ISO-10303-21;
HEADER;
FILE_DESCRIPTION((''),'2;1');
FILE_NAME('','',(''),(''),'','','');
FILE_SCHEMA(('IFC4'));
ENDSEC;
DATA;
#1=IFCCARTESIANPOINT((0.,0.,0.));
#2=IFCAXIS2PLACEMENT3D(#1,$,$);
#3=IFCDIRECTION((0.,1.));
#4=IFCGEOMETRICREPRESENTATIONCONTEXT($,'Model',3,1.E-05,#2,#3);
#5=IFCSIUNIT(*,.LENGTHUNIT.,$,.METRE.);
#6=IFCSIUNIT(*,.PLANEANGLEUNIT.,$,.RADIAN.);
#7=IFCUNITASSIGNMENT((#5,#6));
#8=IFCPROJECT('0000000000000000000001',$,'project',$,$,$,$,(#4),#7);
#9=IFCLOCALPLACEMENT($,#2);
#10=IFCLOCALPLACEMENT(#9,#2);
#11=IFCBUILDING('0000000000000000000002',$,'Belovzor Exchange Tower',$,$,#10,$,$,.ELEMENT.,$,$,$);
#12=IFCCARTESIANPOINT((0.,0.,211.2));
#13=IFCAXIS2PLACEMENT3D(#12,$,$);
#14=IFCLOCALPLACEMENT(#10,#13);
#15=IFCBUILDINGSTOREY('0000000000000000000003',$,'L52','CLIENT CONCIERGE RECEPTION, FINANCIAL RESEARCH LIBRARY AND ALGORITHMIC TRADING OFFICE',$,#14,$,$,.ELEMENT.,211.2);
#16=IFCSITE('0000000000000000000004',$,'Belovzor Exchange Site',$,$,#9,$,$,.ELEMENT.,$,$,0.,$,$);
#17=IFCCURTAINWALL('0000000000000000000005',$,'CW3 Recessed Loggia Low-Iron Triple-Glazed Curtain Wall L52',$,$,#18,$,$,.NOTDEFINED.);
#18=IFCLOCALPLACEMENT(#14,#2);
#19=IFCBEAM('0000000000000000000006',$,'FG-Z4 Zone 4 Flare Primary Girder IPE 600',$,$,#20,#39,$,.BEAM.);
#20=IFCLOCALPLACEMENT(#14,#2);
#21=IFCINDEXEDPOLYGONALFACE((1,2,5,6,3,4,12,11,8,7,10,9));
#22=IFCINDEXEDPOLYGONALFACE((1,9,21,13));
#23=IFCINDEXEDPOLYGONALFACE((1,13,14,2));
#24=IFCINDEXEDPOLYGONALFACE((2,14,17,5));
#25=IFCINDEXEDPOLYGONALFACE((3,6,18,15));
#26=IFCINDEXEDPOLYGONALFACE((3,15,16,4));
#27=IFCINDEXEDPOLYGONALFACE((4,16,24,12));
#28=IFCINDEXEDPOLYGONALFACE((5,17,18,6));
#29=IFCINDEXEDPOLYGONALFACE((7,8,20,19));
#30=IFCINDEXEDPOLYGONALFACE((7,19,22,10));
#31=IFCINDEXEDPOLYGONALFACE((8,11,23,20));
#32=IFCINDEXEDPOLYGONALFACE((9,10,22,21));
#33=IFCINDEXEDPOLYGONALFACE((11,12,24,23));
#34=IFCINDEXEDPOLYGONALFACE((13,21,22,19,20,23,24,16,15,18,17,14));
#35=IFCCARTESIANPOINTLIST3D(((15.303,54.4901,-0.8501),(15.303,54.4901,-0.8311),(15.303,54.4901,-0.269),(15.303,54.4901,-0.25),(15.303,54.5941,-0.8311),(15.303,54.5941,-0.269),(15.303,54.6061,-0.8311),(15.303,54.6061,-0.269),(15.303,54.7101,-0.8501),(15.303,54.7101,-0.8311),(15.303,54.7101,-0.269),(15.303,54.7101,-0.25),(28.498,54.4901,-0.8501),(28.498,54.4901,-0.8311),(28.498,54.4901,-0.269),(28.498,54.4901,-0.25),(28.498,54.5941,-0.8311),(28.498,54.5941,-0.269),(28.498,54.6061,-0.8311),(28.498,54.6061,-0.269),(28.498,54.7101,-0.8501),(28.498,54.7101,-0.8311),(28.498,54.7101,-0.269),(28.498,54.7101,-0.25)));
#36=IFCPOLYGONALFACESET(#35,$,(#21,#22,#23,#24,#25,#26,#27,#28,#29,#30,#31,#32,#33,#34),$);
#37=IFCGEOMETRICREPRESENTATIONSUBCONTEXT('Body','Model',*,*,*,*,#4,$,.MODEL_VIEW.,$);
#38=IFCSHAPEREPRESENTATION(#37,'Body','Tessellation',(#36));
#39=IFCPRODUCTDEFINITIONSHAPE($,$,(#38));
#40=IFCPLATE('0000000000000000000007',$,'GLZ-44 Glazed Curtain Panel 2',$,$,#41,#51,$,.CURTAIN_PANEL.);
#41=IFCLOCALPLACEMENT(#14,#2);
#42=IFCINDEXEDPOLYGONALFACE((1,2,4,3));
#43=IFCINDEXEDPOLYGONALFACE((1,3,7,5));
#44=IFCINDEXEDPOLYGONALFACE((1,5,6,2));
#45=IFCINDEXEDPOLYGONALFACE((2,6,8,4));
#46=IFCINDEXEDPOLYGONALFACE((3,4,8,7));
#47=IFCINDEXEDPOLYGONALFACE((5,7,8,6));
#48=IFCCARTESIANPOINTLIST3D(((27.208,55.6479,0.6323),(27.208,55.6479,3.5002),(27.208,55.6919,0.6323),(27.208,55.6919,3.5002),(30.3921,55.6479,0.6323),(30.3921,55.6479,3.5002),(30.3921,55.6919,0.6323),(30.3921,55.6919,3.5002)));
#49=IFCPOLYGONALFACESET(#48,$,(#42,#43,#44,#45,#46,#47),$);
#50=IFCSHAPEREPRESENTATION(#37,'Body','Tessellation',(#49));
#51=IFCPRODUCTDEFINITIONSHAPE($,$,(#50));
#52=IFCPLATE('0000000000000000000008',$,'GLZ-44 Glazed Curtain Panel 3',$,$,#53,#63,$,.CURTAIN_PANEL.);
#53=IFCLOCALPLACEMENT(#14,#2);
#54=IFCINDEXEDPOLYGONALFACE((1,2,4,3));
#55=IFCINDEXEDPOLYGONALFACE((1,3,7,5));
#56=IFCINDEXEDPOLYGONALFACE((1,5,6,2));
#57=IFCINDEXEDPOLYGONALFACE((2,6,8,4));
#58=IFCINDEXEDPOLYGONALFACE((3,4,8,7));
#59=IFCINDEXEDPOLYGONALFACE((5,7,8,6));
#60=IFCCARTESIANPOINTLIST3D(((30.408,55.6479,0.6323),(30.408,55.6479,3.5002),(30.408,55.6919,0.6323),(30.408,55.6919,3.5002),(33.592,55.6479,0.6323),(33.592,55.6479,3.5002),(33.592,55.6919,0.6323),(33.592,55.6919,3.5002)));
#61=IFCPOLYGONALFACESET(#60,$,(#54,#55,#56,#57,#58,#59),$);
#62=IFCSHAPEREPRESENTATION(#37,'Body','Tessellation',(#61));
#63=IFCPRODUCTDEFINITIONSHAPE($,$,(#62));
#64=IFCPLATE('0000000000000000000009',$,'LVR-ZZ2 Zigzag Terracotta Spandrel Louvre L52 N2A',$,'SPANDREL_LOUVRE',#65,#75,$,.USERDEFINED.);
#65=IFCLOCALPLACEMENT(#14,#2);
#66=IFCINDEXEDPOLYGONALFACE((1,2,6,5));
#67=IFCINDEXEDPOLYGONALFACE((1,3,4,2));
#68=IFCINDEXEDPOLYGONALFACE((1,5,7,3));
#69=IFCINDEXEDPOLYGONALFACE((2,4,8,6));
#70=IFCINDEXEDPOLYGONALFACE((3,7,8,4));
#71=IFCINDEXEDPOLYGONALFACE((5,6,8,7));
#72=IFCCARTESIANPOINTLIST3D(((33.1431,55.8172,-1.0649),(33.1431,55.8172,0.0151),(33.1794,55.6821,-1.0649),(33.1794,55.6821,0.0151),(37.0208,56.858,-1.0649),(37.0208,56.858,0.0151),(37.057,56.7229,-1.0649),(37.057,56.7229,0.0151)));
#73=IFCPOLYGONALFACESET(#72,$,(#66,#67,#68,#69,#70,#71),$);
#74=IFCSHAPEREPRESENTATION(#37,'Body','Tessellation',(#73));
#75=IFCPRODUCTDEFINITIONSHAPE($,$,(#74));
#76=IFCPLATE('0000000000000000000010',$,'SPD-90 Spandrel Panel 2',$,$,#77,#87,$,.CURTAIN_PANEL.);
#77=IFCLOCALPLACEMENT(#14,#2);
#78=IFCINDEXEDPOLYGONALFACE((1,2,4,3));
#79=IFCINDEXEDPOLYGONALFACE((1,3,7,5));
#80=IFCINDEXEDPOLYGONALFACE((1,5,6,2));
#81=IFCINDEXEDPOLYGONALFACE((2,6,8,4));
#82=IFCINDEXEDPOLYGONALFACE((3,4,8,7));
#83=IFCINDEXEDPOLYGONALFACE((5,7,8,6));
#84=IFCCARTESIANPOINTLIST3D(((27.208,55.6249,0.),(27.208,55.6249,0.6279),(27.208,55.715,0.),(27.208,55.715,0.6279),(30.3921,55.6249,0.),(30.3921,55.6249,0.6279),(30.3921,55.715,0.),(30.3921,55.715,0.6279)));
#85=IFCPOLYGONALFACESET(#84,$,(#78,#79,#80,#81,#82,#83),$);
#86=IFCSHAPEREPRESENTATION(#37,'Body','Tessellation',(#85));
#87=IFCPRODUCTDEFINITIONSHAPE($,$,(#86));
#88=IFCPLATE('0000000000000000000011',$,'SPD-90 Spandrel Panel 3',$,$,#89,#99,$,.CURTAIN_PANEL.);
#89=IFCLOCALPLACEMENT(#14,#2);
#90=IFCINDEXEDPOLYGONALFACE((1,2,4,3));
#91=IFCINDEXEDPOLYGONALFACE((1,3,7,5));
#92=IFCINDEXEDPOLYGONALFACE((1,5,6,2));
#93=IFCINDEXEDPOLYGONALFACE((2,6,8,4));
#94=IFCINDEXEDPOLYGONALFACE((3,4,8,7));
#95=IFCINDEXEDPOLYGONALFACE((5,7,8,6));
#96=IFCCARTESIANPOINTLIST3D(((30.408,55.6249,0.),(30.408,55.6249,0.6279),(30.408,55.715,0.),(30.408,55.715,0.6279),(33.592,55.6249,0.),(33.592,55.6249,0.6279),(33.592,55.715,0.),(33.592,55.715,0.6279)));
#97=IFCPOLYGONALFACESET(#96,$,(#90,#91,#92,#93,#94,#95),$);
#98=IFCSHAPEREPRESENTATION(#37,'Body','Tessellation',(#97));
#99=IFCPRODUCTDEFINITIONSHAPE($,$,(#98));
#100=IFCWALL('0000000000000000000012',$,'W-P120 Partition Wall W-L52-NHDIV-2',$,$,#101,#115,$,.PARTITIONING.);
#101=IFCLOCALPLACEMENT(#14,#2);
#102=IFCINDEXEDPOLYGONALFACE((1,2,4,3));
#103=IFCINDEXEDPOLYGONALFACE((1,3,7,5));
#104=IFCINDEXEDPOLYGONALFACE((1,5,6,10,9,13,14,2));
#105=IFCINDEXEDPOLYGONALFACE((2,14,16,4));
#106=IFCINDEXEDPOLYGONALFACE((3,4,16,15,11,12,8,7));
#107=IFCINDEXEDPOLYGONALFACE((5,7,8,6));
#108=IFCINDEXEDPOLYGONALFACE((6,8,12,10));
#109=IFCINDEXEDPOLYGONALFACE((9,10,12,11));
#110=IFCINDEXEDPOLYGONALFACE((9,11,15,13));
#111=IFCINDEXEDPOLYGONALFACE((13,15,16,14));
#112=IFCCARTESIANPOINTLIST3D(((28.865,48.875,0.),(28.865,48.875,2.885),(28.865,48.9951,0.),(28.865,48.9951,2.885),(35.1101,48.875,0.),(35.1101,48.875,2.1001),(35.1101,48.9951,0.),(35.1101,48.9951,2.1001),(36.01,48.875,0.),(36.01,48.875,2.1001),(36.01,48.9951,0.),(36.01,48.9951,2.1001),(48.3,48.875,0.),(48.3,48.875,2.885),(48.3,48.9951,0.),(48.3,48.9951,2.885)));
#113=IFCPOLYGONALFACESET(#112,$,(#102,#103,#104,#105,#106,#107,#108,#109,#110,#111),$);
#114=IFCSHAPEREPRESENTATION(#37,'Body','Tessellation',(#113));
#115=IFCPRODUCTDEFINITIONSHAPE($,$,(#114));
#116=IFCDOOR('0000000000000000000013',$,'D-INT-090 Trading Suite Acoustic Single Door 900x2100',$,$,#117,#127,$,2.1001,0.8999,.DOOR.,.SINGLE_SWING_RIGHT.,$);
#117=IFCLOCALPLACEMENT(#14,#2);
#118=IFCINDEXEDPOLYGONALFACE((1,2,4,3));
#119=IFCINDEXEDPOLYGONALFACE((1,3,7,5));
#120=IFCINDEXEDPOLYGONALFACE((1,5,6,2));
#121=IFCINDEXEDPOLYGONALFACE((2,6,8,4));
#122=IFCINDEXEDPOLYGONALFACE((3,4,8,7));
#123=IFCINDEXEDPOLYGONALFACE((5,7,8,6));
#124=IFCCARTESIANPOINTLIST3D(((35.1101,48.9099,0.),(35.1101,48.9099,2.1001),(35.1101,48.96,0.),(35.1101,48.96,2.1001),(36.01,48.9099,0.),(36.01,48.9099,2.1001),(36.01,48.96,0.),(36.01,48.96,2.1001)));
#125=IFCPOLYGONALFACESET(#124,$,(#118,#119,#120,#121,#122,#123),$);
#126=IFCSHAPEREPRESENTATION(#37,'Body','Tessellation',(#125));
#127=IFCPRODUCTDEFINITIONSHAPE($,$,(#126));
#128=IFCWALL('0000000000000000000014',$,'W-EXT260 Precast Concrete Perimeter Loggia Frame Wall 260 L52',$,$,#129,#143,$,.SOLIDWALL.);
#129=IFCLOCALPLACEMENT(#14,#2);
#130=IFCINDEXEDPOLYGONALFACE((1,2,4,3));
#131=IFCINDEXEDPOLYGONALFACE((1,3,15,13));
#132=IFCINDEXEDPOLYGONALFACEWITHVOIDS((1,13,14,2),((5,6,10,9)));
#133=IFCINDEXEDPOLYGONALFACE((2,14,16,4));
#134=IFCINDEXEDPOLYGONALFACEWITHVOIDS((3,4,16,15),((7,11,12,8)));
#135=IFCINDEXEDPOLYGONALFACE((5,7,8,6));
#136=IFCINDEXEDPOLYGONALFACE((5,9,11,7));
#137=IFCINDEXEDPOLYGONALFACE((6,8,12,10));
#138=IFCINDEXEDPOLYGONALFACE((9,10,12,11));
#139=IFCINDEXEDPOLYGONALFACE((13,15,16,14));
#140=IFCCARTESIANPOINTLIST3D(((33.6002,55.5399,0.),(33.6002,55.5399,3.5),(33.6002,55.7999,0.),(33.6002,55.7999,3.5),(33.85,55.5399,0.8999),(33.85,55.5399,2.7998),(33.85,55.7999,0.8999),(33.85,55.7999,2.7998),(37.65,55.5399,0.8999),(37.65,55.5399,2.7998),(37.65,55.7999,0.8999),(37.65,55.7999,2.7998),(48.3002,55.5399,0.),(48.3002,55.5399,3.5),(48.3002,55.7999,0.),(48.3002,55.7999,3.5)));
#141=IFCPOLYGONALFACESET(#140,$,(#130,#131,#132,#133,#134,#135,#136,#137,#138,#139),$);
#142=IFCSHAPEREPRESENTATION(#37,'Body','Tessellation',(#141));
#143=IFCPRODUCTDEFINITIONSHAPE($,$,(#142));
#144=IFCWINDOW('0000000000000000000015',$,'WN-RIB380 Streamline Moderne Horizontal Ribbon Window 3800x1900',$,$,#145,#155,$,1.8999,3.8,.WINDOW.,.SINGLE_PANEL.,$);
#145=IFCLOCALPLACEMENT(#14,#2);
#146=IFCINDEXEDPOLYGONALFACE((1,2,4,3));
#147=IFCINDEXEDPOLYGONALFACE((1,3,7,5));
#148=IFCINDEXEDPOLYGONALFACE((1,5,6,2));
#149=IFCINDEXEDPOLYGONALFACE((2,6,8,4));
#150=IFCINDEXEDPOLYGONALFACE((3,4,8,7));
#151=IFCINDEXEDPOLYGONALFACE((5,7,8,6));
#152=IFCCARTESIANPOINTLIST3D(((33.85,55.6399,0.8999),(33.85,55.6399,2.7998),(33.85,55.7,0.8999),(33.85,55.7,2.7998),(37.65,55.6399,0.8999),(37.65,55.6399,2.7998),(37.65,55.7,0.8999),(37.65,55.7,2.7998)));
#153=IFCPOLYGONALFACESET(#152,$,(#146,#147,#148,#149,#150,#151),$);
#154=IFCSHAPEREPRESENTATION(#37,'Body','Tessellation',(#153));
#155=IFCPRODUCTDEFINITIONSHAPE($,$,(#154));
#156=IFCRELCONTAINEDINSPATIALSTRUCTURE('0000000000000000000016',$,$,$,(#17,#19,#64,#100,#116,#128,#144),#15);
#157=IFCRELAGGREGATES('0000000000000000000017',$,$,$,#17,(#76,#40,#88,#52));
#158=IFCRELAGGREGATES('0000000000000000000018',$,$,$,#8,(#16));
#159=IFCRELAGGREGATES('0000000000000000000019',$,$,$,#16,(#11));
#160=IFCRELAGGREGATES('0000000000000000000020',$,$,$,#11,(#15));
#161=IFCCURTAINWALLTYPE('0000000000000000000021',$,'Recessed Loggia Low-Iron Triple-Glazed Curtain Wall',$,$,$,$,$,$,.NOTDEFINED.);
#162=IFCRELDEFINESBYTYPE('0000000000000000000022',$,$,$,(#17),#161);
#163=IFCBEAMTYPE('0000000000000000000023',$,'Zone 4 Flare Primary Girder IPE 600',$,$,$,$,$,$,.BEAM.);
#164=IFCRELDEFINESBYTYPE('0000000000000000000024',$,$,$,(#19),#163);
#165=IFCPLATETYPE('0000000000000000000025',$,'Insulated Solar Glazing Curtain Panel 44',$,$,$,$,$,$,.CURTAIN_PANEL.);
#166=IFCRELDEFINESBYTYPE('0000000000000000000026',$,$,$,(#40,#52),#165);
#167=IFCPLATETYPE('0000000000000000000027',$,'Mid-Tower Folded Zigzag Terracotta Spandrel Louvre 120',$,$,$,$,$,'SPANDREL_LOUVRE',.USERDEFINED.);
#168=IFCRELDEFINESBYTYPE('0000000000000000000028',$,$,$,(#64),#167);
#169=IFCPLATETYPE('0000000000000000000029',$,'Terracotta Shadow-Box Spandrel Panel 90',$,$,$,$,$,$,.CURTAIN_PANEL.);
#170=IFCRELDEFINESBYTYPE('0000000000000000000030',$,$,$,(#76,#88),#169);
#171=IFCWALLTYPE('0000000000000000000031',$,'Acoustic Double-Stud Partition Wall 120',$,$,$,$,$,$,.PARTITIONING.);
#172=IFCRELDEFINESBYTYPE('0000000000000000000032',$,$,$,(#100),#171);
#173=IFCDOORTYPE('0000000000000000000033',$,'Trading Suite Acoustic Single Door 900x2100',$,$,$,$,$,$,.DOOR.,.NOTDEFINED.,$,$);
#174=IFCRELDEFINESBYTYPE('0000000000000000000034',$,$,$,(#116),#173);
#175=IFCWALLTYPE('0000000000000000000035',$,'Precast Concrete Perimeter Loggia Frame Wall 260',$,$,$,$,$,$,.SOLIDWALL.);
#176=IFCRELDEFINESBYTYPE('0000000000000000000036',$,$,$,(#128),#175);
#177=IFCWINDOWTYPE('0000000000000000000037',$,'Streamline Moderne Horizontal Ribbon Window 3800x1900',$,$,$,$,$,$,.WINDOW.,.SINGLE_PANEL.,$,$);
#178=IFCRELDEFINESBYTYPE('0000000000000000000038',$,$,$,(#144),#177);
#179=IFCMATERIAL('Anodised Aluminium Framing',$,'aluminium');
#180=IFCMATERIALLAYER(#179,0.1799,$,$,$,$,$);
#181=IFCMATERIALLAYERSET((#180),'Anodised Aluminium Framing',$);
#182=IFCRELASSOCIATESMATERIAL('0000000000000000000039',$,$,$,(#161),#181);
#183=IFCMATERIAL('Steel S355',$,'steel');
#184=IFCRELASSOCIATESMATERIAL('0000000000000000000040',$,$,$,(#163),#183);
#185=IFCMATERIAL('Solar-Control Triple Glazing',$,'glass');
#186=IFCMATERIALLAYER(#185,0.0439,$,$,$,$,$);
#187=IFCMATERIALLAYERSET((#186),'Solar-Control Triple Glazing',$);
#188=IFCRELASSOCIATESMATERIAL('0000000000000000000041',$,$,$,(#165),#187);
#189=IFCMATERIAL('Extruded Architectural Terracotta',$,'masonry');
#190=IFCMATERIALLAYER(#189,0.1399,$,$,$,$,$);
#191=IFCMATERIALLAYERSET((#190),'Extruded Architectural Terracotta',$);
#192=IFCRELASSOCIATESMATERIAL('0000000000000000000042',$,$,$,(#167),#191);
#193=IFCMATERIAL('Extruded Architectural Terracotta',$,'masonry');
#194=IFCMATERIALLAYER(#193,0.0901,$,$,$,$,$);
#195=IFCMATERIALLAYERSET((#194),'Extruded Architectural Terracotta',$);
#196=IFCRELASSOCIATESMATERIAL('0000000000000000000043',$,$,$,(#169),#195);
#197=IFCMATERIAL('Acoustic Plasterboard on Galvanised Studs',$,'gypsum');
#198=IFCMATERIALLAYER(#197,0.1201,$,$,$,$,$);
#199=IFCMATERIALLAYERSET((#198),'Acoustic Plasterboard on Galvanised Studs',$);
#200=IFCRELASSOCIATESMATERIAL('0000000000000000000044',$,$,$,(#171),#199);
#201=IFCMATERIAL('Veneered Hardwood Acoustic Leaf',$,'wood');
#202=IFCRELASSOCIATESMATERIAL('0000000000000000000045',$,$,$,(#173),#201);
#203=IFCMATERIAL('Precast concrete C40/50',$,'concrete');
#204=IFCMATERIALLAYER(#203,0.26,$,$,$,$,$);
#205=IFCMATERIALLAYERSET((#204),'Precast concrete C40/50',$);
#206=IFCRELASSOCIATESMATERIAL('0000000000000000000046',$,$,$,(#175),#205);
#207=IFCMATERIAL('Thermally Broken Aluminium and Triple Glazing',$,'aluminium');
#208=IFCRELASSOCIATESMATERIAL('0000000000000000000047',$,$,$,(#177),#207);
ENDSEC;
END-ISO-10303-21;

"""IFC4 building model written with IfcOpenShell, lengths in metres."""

from ifc_helpers import new_model, si_unit, direction, frame, frame_2d, origin, origin_2d, place, context, subcontext, project, spatial, rectangle, i_section, extrude, material, layer, layer_set, material_profile, profile_set, type_object, element, fill, aggregate, save


model = new_model("IFC4")

# Units and contexts
model_context = context("Model", 3, precision=1e-05, world=origin(), true_north=direction((0.0, 1.0)))
body_context = subcontext(model_context, "Body", "Model", "MODEL_VIEW")
ifc_project = project(units=[si_unit("LENGTHUNIT", "METRE"), si_unit("PLANEANGLEUNIT", "RADIAN")], contexts=[model_context])

# Site, building, storey
site_placement = place(None, origin())
site = spatial("IfcSite", under=ifc_project, at=site_placement, Name="Belovzor Exchange Site", CompositionType="ELEMENT", RefElevation=0.0)
building_placement = place(site_placement, origin())
building = spatial("IfcBuilding", under=site, at=building_placement, Name="Belovzor Exchange Tower", CompositionType="ELEMENT")
storey_placement = place(building_placement, frame((0.0, 0.0, 211.2)))
storey = spatial("IfcBuildingStorey", under=building, at=storey_placement, Name="L52", Description="CLIENT CONCIERGE RECEPTION, FINANCIAL RESEARCH LIBRARY AND ALGORITHMIC TRADING OFFICE", CompositionType="ELEMENT", Elevation=211.2)

# Curtain wall
ifc_material_1 = material(Name="Anodised Aluminium Framing", Category="aluminium")
ifc_layer_1 = layer(ifc_material_1, 0.1799)
ifc_layer_set_1 = layer_set([ifc_layer_1], Name="Anodised Aluminium Framing")
curtain_wall_type = type_object("IfcCurtainWallType", Name="Recessed Loggia Low-Iron Triple-Glazed Curtain Wall", PredefinedType="NOTDEFINED", material=ifc_layer_set_1)
curtain_wall_placement = place(storey_placement, origin())
curtain_wall = element("IfcCurtainWall", 1, at=curtain_wall_placement, inside=storey, type_object=curtain_wall_type, Name="CW3 Recessed Loggia Low-Iron Triple-Glazed Curtain Wall L52", PredefinedType="NOTDEFINED")

# Beam
ifc_material_2 = material(Name="Steel S355", Category="steel")
ifc_material_profile_1 = material_profile(ifc_material_2, i_section(OverallWidth=0.22, OverallDepth=0.6001, WebThickness=0.012, FlangeThickness=0.019, at=origin_2d()))
ifc_profile_set_1 = profile_set([ifc_material_profile_1], Name="Steel S355")
beam_type_1 = type_object("IfcBeamType", Name="Zone 4 Flare Primary Girder IPE 600", PredefinedType="BEAM", material=ifc_profile_set_1)
beam_1_placement = place(storey_placement, frame((28.498, 54.6001, -0.55), z_axis=(-1.0, 0.0, 0.0), x_axis=(0.0, -1.0, 0.0)))
element("IfcBeam", 2, at=beam_1_placement, inside=storey, type_object=beam_type_1, Name="FG-Z4 Zone 4 Flare Primary Girder IPE 600", PredefinedType="BEAM", context=body_context, shape_type="SweptSolid", body=[
    extrude(i_section(OverallWidth=0.22, OverallDepth=0.6001, WebThickness=0.012, FlangeThickness=0.019, at=origin_2d()), origin(), (0.0, 0.0, 1.0), 13.1951),
])

# Plates
ifc_material_3 = material(Name="Solar-Control Triple Glazing", Category="glass")
ifc_layer_2 = layer(ifc_material_3, 0.0439)
ifc_layer_set_2 = layer_set([ifc_layer_2], Name="Solar-Control Triple Glazing")
plate_type_1 = type_object("IfcPlateType", Name="Insulated Solar Glazing Curtain Panel 44", PredefinedType="CURTAIN_PANEL", material=ifc_layer_set_2)
plate_1_placement = place(storey_placement, frame((28.8, 55.6699, 0.6323), z_axis=(0.0, 0.0, 1.0), x_axis=(1.0, 0.0, 0.0)))
plate_1 = element("IfcPlate", 3, at=plate_1_placement, type_object=plate_type_1, Name="GLZ-44 Glazed Curtain Panel 2", PredefinedType="CURTAIN_PANEL", context=body_context, shape_type="SweptSolid", body=[
    extrude(rectangle(XDim=3.1841, YDim=0.0439, at=origin_2d()), origin(), (0.0, 0.0, 1.0), 2.8679),
])
plate_2_placement = place(storey_placement, frame((32.0, 55.6699, 0.6323), z_axis=(0.0, 0.0, 1.0), x_axis=(1.0, 0.0, 0.0)))
plate_2 = element("IfcPlate", 4, at=plate_2_placement, type_object=plate_type_1, Name="GLZ-44 Glazed Curtain Panel 3", PredefinedType="CURTAIN_PANEL", context=body_context, shape_type="SweptSolid", body=[
    extrude(rectangle(XDim=3.1841, YDim=0.0439, at=origin_2d()), origin(), (0.0, 0.0, 1.0), 2.8679),
])
ifc_material_4 = material(Name="Extruded Architectural Terracotta", Category="masonry")
ifc_layer_3 = layer(ifc_material_4, 0.1399)
ifc_layer_set_3 = layer_set([ifc_layer_3], Name="Extruded Architectural Terracotta")
plate_type_2 = type_object("IfcPlateType", Name="Mid-Tower Folded Zigzag Terracotta Spandrel Louvre 120", ElementType="SPANDREL_LOUVRE", PredefinedType="USERDEFINED", material=ifc_layer_set_3)
plate_3_placement = place(storey_placement, frame((35.1001, 56.27, -1.0649), z_axis=(0.0, 0.0, 1.0), x_axis=(0.965813, 0.25924, 0.0)))
element("IfcPlate", 5, at=plate_3_placement, inside=storey, type_object=plate_type_2, Name="LVR-ZZ2 Zigzag Terracotta Spandrel Louvre L52 N2A", ObjectType="SPANDREL_LOUVRE", PredefinedType="USERDEFINED", context=body_context, shape_type="SweptSolid", body=[
    extrude(rectangle(XDim=4.0149, YDim=0.1399, at=origin_2d()), origin(), (0.0, 0.0, 1.0), 1.0801),
])
ifc_material_5 = material(Name="Extruded Architectural Terracotta", Category="masonry")
ifc_layer_4 = layer(ifc_material_5, 0.0901)
ifc_layer_set_4 = layer_set([ifc_layer_4], Name="Extruded Architectural Terracotta")
plate_type_3 = type_object("IfcPlateType", Name="Terracotta Shadow-Box Spandrel Panel 90", PredefinedType="CURTAIN_PANEL", material=ifc_layer_set_4)
plate_4_placement = place(storey_placement, frame((28.8, 55.6699, 0.0), z_axis=(0.0, 0.0, 1.0), x_axis=(1.0, 0.0, 0.0)))
plate_4 = element("IfcPlate", 6, at=plate_4_placement, type_object=plate_type_3, Name="SPD-90 Spandrel Panel 2", PredefinedType="CURTAIN_PANEL", context=body_context, shape_type="SweptSolid", body=[
    extrude(rectangle(XDim=3.1841, YDim=0.0901, at=origin_2d()), origin(), (0.0, 0.0, 1.0), 0.6279),
])
plate_5_placement = place(storey_placement, frame((32.0, 55.6699, 0.0), z_axis=(0.0, 0.0, 1.0), x_axis=(1.0, 0.0, 0.0)))
plate_5 = element("IfcPlate", 7, at=plate_5_placement, type_object=plate_type_3, Name="SPD-90 Spandrel Panel 3", PredefinedType="CURTAIN_PANEL", context=body_context, shape_type="SweptSolid", body=[
    extrude(rectangle(XDim=3.1841, YDim=0.0901, at=origin_2d()), origin(), (0.0, 0.0, 1.0), 0.6279),
])
aggregate(curtain_wall, [plate_4, plate_1, plate_5, plate_2])

# Wall, opening, door
ifc_material_6 = material(Name="Acoustic Plasterboard on Galvanised Studs", Category="gypsum")
ifc_layer_5 = layer(ifc_material_6, 0.1201)
ifc_layer_set_5 = layer_set([ifc_layer_5], Name="Acoustic Plasterboard on Galvanised Studs")
wall_type_1 = type_object("IfcWallType", Name="Acoustic Double-Stud Partition Wall 120", PredefinedType="PARTITIONING", material=ifc_layer_set_5)
wall_1_placement = place(storey_placement, frame((28.865, 48.9351, 0.0), z_axis=(0.0, 0.0, 1.0), x_axis=(1.0, 0.0, 0.0)))
wall_1 = element("IfcWall", 8, at=wall_1_placement, inside=storey, type_object=wall_type_1, Name="W-P120 Partition Wall W-L52-NHDIV-2", PredefinedType="PARTITIONING", context=body_context, shape_type="SweptSolid", body=[
    extrude(rectangle(XDim=19.4351, YDim=0.1201, at=frame_2d((9.7175, 0.0))), origin(), (0.0, 0.0, 1.0), 2.885),
])
opening_1_placement = place(wall_1_placement, frame((6.2451, 0.0, 0.0)))
opening_1 = element("IfcOpeningElement", 9, at=opening_1_placement, cuts=wall_1, PredefinedType="OPENING", context=body_context, shape_type="SweptSolid", body=[
    extrude(rectangle(XDim=0.8999, YDim=2.1001, at=frame_2d((0.45, 1.05))), frame((0.0, 0.0701, 0.0), z_axis=(0.0, -1.0, 0.0), x_axis=(1.0, 0.0, 0.0)), (0.0, 0.0, 1.0), 0.1401),
])
ifc_material_7 = material(Name="Veneered Hardwood Acoustic Leaf", Category="wood")
door_type = type_object("IfcDoorType", Name="Trading Suite Acoustic Single Door 900x2100", OperationType="NOTDEFINED", PredefinedType="DOOR", material=ifc_material_7)
door_placement = place(opening_1_placement, origin())
door = element("IfcDoor", 10, at=door_placement, inside=storey, type_object=door_type, Name="D-INT-090 Trading Suite Acoustic Single Door 900x2100", OperationType="SINGLE_SWING_RIGHT", OverallHeight=2.1001, OverallWidth=0.8999, PredefinedType="DOOR", context=body_context, shape_type="SweptSolid", body=[
    extrude(rectangle(XDim=0.8999, YDim=2.1001, at=frame_2d((0.45, 1.05))), frame((0.0, 0.0249, 0.0), z_axis=(0.0, -1.0, 0.0), x_axis=(1.0, 0.0, 0.0)), (0.0, 0.0, 1.0), 0.05),
])
fill(opening_1, door)

# Wall, opening, window
ifc_material_8 = material(Name="Precast concrete C40/50", Category="concrete")
ifc_layer_6 = layer(ifc_material_8, 0.26)
ifc_layer_set_6 = layer_set([ifc_layer_6], Name="Precast concrete C40/50")
wall_type_2 = type_object("IfcWallType", Name="Precast Concrete Perimeter Loggia Frame Wall 260", PredefinedType="SOLIDWALL", material=ifc_layer_set_6)
wall_2_placement = place(storey_placement, frame((33.6001, 55.6699, 0.0), z_axis=(0.0, 0.0, 1.0), x_axis=(1.0, 0.0, 0.0)))
wall_2 = element("IfcWall", 11, at=wall_2_placement, inside=storey, type_object=wall_type_2, Name="W-EXT260 Precast Concrete Perimeter Loggia Frame Wall 260 L52", PredefinedType="SOLIDWALL", context=body_context, shape_type="SweptSolid", body=[
    extrude(rectangle(XDim=14.7, YDim=0.26, at=frame_2d((7.3501, 0.0))), origin(), (0.0, 0.0, 1.0), 3.5),
])
opening_2_placement = place(wall_2_placement, frame((0.25, 0.0, 0.8999)))
opening_2 = element("IfcOpeningElement", 12, at=opening_2_placement, cuts=wall_2, PredefinedType="OPENING", context=body_context, shape_type="SweptSolid", body=[
    extrude(rectangle(XDim=3.8, YDim=1.8999, at=frame_2d((1.8999, 0.95))), frame((0.0, 0.1399, 0.0), z_axis=(0.0, -1.0, 0.0), x_axis=(1.0, 0.0, 0.0)), (0.0, 0.0, 1.0), 0.28),
])
ifc_material_9 = material(Name="Thermally Broken Aluminium and Triple Glazing", Category="aluminium")
window_type = type_object("IfcWindowType", Name="Streamline Moderne Horizontal Ribbon Window 3800x1900", PartitioningType="SINGLE_PANEL", PredefinedType="WINDOW", material=ifc_material_9)
window_placement = place(opening_2_placement, origin())
window = element("IfcWindow", 13, at=window_placement, inside=storey, type_object=window_type, Name="WN-RIB380 Streamline Moderne Horizontal Ribbon Window 3800x1900", OverallHeight=1.8999, OverallWidth=3.8, PartitioningType="SINGLE_PANEL", PredefinedType="WINDOW", context=body_context, shape_type="SweptSolid", body=[
    extrude(rectangle(XDim=3.8, YDim=1.8999, at=frame_2d((1.8999, 0.95))), frame((0.0, 0.03, 0.0), z_axis=(0.0, -1.0, 0.0), x_axis=(1.0, 0.0, 0.0)), (0.0, 0.0, 1.0), 0.0601),
])
fill(opening_2, window)

save(model, "model.ifc")
